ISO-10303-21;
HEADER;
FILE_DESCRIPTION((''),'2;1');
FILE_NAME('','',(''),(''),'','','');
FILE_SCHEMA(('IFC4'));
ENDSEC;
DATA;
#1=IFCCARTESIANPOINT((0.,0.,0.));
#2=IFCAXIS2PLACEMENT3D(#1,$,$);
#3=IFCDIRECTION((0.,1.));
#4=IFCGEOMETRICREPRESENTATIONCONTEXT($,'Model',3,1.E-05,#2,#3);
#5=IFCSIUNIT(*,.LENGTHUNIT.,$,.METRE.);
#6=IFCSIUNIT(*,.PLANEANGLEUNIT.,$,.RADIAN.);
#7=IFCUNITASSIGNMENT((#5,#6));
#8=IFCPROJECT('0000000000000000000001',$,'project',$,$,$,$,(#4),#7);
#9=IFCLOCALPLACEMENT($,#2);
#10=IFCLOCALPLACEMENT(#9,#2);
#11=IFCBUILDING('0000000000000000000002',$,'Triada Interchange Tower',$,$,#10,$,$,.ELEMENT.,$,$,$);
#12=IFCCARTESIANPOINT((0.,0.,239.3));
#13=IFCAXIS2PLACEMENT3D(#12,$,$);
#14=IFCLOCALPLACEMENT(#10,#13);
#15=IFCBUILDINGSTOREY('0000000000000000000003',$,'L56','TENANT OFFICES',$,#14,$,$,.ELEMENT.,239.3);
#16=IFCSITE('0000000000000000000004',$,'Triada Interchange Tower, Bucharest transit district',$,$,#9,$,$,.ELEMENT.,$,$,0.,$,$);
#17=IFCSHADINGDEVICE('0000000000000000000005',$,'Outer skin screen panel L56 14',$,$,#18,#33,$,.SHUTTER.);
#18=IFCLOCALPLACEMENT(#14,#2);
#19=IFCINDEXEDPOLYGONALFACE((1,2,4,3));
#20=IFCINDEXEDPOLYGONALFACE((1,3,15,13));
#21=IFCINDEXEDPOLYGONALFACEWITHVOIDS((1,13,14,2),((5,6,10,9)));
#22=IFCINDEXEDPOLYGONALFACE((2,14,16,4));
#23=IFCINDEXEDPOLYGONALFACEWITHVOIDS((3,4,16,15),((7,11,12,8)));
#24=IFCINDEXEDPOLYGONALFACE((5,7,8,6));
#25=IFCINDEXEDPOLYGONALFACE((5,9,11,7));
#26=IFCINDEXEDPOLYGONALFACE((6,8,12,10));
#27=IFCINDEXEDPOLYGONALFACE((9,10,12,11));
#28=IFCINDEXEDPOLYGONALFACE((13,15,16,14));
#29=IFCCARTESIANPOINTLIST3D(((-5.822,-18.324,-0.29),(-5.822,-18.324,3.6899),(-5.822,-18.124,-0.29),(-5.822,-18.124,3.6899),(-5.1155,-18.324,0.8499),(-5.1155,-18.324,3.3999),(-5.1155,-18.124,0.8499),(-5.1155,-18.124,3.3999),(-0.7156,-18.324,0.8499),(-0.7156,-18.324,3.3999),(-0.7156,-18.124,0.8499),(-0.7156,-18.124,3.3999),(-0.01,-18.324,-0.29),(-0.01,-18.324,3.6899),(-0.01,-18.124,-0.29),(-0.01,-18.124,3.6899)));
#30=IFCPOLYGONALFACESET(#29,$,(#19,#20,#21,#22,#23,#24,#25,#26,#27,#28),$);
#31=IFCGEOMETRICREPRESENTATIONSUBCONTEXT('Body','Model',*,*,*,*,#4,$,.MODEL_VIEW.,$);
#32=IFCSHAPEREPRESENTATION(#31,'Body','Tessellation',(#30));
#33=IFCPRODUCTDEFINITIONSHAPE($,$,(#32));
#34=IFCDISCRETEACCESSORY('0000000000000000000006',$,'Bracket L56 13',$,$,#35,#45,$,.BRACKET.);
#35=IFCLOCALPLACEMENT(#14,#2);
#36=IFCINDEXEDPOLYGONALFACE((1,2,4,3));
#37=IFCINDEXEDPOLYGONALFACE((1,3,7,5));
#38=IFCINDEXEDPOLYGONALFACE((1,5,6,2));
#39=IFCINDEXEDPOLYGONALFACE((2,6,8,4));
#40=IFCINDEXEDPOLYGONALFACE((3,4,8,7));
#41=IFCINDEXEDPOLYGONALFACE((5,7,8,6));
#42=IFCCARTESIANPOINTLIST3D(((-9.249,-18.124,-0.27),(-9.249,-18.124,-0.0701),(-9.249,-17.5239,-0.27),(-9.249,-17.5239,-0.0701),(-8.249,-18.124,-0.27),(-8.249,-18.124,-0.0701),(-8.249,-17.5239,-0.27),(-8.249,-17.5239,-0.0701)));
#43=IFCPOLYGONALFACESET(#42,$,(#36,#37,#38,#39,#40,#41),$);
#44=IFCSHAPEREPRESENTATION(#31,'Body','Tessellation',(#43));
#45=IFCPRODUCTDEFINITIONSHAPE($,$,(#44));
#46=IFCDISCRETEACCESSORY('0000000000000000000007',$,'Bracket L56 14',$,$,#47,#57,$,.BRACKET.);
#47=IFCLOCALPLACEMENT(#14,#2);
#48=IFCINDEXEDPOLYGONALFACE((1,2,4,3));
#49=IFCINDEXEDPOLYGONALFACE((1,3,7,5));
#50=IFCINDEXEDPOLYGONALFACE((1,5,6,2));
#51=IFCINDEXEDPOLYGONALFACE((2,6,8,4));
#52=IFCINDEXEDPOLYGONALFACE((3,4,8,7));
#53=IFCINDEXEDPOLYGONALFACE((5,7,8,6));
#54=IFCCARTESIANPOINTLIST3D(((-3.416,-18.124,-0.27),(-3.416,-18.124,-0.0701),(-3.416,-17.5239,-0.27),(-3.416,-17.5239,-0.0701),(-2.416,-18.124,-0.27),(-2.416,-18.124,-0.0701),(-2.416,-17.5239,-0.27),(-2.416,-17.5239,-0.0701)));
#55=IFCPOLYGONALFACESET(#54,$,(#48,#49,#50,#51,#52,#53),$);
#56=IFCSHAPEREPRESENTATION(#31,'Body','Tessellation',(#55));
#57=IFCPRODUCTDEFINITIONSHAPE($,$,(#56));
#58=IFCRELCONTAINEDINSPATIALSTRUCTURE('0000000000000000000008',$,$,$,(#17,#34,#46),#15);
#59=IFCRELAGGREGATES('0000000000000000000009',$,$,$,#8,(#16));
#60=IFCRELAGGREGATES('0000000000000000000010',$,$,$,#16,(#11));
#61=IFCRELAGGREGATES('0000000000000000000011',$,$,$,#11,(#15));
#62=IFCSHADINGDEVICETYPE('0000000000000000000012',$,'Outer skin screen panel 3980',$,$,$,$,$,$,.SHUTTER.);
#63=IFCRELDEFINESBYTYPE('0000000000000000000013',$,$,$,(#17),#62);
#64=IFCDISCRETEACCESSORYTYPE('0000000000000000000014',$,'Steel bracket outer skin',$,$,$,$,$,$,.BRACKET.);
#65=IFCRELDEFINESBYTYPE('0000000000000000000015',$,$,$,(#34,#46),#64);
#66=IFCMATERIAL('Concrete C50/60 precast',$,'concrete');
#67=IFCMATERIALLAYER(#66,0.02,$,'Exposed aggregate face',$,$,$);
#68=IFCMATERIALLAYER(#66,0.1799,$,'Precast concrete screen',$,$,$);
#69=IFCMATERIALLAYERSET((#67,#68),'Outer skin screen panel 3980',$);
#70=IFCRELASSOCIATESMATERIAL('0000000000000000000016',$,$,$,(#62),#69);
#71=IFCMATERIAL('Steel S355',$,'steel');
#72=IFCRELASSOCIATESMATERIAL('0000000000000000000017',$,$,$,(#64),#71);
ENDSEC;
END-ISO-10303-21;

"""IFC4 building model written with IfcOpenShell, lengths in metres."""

from ifc_helpers import new_model, si_unit, direction, frame, origin, origin_2d, place, context, subcontext, project, spatial, polyline, rectangle, outline, extrude, material, layer, layer_set, type_object, element, save


model = new_model("IFC4")

# Units and contexts
model_context = context("Model", 3, precision=1e-05, world=origin(), true_north=direction((0.0, 1.0)))
body_context = subcontext(model_context, "Body", "Model", "MODEL_VIEW")
ifc_project = project(units=[si_unit("LENGTHUNIT", "METRE"), si_unit("PLANEANGLEUNIT", "RADIAN")], contexts=[model_context])

# Site, building, storey
site_placement = place(None, origin())
site = spatial("IfcSite", under=ifc_project, at=site_placement, Name="Triada Interchange Tower, Bucharest transit district", CompositionType="ELEMENT", RefElevation=0.0)
building_placement = place(site_placement, origin())
building = spatial("IfcBuilding", under=site, at=building_placement, Name="Triada Interchange Tower", CompositionType="ELEMENT")
storey_placement = place(building_placement, frame((0.0, 0.0, 239.3)))
storey = spatial("IfcBuildingStorey", under=building, at=storey_placement, Name="L56", Description="TENANT OFFICES", CompositionType="ELEMENT", Elevation=239.3)

# Shading device
ifc_material_1 = material(Name="Concrete C50/60 precast", Category="concrete")
ifc_layer_1 = layer(ifc_material_1, 0.02, Name="Exposed aggregate face")
ifc_layer_2 = layer(ifc_material_1, 0.1799, Name="Precast concrete screen")
ifc_layer_set_1 = layer_set([ifc_layer_1, ifc_layer_2], Name="Outer skin screen panel 3980")
shading_device_type = type_object("IfcShadingDeviceType", Name="Outer skin screen panel 3980", PredefinedType="SHUTTER", material=ifc_layer_set_1)
shading_device_1_placement = place(storey_placement, frame((-5.822, -18.124, -0.29), z_axis=(0.0, 0.0, 1.0), x_axis=(1.0, 0.0, 0.0)))
element("IfcShadingDevice", 1, at=shading_device_1_placement, inside=storey, type_object=shading_device_type, Name="Outer skin screen panel L56 14", PredefinedType="SHUTTER", context=body_context, shape_type="SweptSolid", body=[
    extrude(outline(polyline([(0.0, 0.0), (5.812, 0.0), (5.812, 3.98), (0.0, 3.98), (0.0, 0.0)]), holes=[polyline([(0.7065, 1.1399), (0.7065, 3.6899), (5.1064, 3.6899), (5.1064, 1.1399), (0.7065, 1.1399)])]), frame((0.0, 0.0, 0.0), z_axis=(0.0, -1.0, 0.0), x_axis=(1.0, 0.0, 0.0)), (0.0, 0.0, 1.0), 0.2),
])

# Discrete accessories
ifc_material_2 = material(Name="Steel S355", Category="steel")
discrete_accessory_type = type_object("IfcDiscreteAccessoryType", Name="Steel bracket outer skin", PredefinedType="BRACKET", material=ifc_material_2)
for number, where, z_axis, x_axis, name in (
    (2, (-8.749, -17.824, -0.27), (0.0, 0.0, 1.0), (0.0, -1.0, 0.0), "Bracket L56 13"),
    (3, (-2.916, -17.824, -0.27), (0.0, 0.0, 1.0), (0.0, -1.0, 0.0), "Bracket L56 14"),
):
    element("IfcDiscreteAccessory", number, at=place(storey_placement, frame(where, z_axis=z_axis, x_axis=x_axis)), inside=storey, type_object=discrete_accessory_type, Name=name, PredefinedType="BRACKET", context=body_context, shape_type="SweptSolid", body=[
        extrude(rectangle(XDim=0.6001, YDim=1.0, at=origin_2d()), origin(), (0.0, 0.0, 1.0), 0.2),
    ])

save(model, "model.ifc")
